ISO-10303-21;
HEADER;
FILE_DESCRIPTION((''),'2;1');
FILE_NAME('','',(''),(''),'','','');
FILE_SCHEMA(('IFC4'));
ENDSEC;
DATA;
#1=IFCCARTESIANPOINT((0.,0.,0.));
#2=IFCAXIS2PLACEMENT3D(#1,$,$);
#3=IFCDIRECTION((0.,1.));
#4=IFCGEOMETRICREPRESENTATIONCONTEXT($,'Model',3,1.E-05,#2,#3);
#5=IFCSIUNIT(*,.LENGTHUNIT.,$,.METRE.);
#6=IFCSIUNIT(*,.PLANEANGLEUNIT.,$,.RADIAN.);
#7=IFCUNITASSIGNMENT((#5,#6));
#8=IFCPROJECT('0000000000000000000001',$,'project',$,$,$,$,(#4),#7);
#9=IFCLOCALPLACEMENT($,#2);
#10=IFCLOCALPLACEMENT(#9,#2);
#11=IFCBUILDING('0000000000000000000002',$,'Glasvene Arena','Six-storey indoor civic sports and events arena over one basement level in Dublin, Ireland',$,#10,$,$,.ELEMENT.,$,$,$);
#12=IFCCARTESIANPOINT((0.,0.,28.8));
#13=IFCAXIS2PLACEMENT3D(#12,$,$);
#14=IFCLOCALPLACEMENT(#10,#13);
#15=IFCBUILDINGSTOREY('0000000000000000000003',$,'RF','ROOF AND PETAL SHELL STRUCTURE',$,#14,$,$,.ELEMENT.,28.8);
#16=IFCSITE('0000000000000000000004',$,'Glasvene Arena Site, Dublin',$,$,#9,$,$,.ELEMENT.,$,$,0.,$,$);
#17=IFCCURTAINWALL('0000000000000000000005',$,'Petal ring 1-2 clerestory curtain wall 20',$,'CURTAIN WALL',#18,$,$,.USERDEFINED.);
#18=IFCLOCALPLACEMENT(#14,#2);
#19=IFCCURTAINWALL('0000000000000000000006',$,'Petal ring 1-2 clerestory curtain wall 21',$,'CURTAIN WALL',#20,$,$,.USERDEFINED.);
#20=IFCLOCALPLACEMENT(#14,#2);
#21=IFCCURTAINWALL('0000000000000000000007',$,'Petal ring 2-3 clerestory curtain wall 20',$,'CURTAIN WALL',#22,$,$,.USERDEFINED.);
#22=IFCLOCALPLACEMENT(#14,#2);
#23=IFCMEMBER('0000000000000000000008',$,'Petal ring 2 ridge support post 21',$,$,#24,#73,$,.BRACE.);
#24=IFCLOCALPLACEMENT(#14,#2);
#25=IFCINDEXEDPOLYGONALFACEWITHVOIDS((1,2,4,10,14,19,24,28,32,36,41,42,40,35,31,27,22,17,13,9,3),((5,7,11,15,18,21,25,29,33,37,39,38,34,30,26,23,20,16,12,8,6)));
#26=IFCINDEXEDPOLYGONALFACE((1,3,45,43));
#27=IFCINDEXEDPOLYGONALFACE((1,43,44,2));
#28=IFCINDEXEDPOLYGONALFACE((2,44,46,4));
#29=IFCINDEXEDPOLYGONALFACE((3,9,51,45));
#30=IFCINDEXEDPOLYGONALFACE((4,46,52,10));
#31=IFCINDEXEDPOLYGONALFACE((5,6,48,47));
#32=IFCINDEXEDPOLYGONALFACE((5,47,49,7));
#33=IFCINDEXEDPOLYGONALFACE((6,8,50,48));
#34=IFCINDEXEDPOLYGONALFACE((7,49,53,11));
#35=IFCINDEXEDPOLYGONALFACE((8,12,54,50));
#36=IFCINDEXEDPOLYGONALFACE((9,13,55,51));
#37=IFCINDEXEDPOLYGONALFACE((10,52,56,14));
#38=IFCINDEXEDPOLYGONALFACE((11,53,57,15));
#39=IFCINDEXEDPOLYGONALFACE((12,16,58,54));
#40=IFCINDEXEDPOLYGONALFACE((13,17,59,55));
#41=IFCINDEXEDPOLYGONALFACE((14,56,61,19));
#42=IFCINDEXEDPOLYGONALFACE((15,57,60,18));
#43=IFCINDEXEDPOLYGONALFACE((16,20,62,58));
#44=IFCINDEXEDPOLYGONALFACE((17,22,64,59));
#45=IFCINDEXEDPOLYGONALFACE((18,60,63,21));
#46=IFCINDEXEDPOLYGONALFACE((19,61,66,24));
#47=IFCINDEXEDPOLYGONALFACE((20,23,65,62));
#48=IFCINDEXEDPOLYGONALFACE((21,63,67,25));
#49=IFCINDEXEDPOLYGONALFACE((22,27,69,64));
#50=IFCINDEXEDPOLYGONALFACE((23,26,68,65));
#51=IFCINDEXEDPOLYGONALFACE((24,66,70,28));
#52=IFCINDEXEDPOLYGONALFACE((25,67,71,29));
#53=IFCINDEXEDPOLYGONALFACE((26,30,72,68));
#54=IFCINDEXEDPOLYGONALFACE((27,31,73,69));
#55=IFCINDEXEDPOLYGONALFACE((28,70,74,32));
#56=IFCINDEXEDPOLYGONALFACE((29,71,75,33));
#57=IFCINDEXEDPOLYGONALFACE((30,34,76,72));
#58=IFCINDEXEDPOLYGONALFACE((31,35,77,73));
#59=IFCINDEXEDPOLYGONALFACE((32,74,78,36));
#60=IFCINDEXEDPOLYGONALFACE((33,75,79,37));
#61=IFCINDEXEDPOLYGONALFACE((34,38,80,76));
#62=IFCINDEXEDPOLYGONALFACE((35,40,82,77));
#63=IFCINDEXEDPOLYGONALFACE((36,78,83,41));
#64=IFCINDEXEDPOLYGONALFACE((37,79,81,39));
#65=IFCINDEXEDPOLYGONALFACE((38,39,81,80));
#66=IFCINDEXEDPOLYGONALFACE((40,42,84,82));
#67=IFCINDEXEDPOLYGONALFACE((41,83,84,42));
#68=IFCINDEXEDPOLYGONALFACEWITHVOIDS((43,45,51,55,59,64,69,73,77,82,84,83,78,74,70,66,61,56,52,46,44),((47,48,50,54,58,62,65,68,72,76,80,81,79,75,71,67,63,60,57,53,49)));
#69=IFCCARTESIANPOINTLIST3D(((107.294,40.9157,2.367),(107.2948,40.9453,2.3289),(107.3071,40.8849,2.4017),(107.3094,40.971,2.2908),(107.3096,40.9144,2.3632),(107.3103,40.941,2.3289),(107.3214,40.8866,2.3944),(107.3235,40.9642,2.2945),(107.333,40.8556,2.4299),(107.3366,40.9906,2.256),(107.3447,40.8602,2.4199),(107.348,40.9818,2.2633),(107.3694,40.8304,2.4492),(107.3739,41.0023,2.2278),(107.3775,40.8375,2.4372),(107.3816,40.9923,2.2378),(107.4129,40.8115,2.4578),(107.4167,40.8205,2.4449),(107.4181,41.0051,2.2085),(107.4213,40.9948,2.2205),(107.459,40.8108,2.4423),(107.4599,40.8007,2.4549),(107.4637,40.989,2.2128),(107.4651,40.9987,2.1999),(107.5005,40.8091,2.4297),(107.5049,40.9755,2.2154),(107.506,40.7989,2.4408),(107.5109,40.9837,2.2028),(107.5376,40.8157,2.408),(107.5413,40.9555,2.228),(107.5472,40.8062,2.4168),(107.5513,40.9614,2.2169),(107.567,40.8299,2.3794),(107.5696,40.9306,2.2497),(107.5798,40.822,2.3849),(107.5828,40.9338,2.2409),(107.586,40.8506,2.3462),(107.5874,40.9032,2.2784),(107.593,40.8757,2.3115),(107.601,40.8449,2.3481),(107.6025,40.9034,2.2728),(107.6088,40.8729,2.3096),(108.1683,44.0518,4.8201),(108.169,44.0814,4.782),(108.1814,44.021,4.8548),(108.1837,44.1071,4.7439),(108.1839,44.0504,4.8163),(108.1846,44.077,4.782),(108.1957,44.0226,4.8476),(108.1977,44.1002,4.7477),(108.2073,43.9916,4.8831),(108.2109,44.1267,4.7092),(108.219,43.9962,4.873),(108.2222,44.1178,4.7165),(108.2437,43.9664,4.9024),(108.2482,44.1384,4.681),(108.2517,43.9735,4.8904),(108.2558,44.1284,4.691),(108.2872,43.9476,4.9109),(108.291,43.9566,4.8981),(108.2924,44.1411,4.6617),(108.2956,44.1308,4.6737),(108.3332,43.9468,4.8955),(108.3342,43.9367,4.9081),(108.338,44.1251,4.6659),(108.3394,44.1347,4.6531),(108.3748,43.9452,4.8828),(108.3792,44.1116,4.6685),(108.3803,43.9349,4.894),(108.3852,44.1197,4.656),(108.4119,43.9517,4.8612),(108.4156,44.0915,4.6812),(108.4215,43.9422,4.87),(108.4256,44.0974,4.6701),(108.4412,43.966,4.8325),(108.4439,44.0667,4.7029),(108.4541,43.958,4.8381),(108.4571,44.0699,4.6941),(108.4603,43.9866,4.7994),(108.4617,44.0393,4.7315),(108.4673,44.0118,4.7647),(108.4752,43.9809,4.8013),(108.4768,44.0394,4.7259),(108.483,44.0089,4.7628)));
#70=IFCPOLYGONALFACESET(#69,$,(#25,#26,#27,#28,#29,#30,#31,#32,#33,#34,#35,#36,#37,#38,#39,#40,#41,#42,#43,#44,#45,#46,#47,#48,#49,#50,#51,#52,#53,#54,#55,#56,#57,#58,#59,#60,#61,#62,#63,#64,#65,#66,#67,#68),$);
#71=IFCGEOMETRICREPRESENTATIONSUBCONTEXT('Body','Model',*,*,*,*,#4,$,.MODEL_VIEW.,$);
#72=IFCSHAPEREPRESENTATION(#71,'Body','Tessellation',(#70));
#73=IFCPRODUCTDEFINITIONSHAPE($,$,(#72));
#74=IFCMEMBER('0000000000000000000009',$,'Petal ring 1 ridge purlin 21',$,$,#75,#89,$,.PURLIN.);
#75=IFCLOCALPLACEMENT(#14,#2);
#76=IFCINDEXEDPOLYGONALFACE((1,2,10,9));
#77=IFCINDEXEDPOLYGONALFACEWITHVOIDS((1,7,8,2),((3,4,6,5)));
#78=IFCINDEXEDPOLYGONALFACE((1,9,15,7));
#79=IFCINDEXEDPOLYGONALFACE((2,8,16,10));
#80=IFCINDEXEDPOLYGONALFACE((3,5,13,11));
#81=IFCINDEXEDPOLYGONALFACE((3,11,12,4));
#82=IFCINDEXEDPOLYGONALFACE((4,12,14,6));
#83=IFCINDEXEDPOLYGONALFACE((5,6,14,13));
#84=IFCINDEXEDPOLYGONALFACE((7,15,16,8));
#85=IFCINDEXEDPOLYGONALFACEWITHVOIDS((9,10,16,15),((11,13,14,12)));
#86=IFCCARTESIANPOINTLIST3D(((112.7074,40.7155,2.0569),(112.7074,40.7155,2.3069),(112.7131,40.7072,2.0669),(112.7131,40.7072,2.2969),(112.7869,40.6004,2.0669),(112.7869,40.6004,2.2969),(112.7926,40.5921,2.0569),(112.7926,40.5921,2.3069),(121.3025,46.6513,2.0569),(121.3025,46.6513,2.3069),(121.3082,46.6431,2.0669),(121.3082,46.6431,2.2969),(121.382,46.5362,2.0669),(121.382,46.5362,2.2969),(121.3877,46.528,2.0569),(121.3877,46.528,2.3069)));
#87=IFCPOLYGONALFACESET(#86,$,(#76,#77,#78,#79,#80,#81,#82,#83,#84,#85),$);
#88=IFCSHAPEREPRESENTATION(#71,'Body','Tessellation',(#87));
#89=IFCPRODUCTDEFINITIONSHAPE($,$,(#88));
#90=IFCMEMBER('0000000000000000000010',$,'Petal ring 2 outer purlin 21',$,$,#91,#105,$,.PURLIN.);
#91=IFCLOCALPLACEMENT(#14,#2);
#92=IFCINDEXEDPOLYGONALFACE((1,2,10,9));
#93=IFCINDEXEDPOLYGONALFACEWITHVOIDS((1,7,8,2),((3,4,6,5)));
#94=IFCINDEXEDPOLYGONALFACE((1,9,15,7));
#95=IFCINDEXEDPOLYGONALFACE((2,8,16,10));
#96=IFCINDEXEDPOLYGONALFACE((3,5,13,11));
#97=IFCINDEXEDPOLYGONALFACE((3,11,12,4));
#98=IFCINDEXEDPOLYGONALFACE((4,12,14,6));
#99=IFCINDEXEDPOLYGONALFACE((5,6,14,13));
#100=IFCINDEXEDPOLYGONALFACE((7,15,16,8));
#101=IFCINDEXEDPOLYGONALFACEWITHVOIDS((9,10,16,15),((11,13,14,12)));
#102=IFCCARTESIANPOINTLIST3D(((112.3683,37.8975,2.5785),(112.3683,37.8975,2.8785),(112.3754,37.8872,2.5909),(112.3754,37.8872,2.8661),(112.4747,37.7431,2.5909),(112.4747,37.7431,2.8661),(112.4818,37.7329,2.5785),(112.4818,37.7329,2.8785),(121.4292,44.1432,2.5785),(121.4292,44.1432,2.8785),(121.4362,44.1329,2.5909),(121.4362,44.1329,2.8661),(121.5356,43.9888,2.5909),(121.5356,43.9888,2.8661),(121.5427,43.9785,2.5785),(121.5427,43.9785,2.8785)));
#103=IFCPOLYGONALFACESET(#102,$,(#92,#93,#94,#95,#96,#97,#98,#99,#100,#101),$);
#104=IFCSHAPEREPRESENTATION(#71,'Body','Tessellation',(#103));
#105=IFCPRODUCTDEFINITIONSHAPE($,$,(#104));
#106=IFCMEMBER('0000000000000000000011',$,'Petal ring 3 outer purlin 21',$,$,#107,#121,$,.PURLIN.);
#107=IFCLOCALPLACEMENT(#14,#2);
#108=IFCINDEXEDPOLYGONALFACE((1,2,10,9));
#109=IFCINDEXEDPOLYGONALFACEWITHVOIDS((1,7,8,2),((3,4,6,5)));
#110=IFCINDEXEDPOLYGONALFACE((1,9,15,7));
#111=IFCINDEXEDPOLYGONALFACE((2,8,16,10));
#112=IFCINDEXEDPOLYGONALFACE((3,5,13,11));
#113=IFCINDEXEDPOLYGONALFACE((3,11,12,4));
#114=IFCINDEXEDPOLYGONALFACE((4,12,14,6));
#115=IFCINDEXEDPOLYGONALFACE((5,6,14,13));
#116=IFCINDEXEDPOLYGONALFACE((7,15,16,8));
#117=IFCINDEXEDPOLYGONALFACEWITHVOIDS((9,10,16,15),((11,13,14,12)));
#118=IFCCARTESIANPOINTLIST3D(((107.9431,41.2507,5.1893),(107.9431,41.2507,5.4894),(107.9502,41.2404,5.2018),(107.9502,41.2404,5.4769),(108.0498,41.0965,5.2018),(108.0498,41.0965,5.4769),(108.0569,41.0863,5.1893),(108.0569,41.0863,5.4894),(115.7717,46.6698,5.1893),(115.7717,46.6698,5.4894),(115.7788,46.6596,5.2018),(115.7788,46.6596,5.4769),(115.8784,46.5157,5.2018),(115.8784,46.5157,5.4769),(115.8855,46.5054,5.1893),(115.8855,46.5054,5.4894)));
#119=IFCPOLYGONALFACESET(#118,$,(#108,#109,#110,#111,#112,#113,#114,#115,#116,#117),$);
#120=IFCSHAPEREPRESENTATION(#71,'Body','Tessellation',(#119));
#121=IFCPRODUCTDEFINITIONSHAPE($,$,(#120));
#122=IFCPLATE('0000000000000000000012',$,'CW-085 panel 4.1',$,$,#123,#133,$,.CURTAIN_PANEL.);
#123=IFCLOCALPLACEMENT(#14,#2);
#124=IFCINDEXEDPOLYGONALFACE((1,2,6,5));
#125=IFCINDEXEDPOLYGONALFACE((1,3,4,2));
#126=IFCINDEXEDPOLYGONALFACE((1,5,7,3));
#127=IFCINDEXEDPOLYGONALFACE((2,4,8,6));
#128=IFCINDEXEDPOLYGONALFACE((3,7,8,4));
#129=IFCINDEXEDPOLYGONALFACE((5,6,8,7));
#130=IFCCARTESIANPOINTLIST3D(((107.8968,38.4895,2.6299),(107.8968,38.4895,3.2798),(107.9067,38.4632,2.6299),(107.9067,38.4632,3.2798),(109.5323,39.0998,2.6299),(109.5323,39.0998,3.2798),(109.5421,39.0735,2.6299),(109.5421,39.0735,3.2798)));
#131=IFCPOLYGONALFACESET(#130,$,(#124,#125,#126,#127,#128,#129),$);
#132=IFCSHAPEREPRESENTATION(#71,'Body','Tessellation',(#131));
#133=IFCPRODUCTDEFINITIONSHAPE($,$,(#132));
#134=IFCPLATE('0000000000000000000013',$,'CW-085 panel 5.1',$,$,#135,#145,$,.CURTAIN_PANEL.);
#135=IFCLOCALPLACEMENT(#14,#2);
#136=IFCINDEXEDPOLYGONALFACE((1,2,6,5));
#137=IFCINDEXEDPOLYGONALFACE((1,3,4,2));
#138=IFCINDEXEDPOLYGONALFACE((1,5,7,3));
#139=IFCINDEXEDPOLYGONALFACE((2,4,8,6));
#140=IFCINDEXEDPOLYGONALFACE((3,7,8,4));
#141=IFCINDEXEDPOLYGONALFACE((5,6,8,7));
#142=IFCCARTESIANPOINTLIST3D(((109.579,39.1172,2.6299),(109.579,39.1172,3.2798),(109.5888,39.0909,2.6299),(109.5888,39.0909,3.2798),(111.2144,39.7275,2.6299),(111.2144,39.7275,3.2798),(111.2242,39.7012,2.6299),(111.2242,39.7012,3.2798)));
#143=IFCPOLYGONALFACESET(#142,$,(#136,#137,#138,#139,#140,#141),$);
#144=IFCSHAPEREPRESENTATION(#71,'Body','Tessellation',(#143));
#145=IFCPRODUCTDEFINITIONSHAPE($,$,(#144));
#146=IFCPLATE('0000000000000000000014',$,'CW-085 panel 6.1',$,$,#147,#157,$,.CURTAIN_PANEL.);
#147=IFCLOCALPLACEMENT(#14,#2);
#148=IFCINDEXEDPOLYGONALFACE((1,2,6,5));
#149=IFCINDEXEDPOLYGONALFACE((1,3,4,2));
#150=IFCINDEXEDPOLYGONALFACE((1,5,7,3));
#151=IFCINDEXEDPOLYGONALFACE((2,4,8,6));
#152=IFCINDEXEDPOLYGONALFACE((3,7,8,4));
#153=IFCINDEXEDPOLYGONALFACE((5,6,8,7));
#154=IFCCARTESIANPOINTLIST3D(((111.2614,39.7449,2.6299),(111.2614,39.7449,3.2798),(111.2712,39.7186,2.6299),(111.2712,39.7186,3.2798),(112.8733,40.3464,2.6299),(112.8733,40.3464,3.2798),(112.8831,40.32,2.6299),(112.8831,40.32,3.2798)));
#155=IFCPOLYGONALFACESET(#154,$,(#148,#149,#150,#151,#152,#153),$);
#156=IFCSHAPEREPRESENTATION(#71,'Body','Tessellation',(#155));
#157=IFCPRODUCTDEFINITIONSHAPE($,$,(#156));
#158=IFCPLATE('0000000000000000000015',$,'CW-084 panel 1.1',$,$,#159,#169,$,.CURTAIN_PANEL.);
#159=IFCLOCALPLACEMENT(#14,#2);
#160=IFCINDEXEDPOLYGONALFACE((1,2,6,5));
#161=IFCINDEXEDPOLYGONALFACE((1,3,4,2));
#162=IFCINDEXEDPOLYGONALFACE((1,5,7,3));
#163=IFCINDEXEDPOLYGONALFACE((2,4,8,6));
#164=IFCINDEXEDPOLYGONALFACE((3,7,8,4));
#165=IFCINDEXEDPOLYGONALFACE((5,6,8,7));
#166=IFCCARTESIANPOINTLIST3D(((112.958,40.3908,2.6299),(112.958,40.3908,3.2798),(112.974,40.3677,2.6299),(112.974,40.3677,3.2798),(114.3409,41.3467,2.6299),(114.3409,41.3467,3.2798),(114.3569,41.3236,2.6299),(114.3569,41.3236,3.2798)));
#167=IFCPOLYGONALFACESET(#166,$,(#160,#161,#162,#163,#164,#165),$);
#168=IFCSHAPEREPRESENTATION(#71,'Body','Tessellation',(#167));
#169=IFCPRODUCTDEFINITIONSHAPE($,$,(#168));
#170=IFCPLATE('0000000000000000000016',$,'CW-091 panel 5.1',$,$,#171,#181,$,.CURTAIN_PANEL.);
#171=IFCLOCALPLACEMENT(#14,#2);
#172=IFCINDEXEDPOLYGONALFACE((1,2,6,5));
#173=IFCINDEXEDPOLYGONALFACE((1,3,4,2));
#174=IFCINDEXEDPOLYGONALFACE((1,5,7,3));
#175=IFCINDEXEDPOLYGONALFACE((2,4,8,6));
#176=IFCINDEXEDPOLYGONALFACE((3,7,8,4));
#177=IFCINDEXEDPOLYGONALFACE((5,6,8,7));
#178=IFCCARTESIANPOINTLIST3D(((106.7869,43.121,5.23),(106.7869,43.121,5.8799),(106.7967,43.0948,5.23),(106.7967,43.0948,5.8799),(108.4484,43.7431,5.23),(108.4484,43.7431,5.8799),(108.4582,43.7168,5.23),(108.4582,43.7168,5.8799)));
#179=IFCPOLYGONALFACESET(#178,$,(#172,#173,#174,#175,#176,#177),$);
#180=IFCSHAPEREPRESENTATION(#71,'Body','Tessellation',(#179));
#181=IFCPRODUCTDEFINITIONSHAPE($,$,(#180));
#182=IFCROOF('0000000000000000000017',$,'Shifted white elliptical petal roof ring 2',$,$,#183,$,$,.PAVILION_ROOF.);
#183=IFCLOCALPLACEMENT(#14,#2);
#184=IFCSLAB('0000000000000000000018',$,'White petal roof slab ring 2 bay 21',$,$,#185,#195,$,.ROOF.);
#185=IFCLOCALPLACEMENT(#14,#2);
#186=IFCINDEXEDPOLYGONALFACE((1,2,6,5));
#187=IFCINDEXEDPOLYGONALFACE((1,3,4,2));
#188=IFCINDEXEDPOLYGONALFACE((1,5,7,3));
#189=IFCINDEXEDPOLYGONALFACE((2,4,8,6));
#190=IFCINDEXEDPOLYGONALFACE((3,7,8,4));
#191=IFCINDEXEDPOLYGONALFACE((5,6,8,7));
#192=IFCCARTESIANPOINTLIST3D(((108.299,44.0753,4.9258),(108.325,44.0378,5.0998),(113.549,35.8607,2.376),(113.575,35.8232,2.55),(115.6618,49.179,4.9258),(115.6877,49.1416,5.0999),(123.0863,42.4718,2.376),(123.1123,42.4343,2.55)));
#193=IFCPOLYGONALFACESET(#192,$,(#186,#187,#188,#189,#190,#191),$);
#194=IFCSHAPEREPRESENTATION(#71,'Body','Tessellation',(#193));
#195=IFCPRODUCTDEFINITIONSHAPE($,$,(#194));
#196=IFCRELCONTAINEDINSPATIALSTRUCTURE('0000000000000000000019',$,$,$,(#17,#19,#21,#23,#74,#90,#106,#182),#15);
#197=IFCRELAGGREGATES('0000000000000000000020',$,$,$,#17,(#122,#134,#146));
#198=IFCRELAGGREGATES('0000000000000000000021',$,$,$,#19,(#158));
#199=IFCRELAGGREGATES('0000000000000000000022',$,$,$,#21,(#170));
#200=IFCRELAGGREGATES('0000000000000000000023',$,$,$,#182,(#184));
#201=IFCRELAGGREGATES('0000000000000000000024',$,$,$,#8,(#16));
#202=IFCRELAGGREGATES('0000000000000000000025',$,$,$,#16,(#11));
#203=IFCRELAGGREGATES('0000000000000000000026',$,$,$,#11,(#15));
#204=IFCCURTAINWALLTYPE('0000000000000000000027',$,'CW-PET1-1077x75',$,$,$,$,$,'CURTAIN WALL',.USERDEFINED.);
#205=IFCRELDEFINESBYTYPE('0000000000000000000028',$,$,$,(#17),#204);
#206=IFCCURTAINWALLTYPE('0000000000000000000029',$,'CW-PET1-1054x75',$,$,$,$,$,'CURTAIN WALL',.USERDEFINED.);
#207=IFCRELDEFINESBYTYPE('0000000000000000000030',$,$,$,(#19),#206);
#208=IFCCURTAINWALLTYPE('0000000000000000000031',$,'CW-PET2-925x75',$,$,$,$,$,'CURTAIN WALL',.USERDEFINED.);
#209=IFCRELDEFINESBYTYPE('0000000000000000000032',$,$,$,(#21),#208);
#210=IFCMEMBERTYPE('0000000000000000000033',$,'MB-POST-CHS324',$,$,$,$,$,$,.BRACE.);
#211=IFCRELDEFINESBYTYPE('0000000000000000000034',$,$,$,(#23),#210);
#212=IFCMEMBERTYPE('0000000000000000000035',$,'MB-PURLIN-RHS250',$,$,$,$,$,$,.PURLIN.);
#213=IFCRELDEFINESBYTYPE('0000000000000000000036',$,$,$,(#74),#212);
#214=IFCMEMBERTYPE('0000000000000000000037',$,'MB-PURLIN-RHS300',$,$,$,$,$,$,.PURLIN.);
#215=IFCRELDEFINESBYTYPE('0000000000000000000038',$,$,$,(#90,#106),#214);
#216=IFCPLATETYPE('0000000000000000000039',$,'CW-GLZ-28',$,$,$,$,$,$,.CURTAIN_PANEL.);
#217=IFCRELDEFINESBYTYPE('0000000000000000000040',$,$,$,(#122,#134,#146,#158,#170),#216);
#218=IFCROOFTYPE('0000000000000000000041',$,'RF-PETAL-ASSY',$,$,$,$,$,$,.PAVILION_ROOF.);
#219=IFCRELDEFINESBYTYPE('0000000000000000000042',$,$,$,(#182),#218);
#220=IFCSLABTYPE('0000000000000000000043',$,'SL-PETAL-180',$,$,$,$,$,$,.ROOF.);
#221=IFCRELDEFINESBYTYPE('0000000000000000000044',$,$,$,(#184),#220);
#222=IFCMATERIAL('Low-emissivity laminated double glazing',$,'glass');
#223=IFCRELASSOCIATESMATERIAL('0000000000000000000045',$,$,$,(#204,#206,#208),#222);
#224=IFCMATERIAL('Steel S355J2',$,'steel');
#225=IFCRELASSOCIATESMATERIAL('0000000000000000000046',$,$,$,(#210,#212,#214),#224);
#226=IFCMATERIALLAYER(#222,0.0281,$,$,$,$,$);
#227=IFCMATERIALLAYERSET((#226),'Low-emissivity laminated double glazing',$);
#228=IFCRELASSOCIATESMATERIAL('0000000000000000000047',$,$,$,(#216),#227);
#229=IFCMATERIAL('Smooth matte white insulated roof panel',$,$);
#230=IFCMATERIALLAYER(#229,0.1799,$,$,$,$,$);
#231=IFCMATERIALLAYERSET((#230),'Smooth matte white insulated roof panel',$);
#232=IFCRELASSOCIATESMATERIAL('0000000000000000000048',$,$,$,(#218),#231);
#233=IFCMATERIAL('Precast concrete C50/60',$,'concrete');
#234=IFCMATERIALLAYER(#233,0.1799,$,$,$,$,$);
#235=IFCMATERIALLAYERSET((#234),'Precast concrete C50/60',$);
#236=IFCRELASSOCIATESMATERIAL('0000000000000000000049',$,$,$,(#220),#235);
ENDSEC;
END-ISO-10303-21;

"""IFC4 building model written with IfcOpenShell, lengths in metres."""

from ifc_helpers import new_model, si_unit, direction, frame, origin, origin_2d, place, context, subcontext, project, spatial, polyline, rectangle, hollow_rectangle, hollow_circle, outline, extrude, material, layer, layer_set, material_profile, profile_set, type_object, element, aggregate, save


model = new_model("IFC4")

# Units and contexts
model_context = context("Model", 3, precision=1e-05, world=origin(), true_north=direction((0.0, 1.0)))
body_context = subcontext(model_context, "Body", "Model", "MODEL_VIEW")
ifc_project = project(units=[si_unit("LENGTHUNIT", "METRE"), si_unit("PLANEANGLEUNIT", "RADIAN")], contexts=[model_context])

# Site, building, storey
site_placement = place(None, origin())
site = spatial("IfcSite", under=ifc_project, at=site_placement, Name="Glasvene Arena Site, Dublin", CompositionType="ELEMENT", RefElevation=0.0)
building_placement = place(site_placement, origin())
building = spatial("IfcBuilding", under=site, at=building_placement, Name="Glasvene Arena", Description="Six-storey indoor civic sports and events arena over one basement level in Dublin, Ireland", CompositionType="ELEMENT")
storey_placement = place(building_placement, frame((0.0, 0.0, 28.8)))
storey = spatial("IfcBuildingStorey", under=building, at=storey_placement, Name="RF", Description="ROOF AND PETAL SHELL STRUCTURE", CompositionType="ELEMENT", Elevation=28.8)

# Curtain walls
ifc_material_1 = material(Name="Low-emissivity laminated double glazing", Category="glass")
curtain_wall_type_1 = type_object("IfcCurtainWallType", Name="CW-PET1-1077x75", ElementType="CURTAIN WALL", PredefinedType="USERDEFINED", material=ifc_material_1)
curtain_wall_1_placement = place(storey_placement, frame((102.8315, 36.5847, 0.0)))
curtain_wall_1 = element("IfcCurtainWall", 1, at=curtain_wall_1_placement, inside=storey, type_object=curtain_wall_type_1, Name="Petal ring 1-2 clerestory curtain wall 20", ObjectType="CURTAIN WALL", PredefinedType="USERDEFINED")
curtain_wall_type_2 = type_object("IfcCurtainWallType", Name="CW-PET1-1054x75", ElementType="CURTAIN WALL", PredefinedType="USERDEFINED", material=ifc_material_1)
curtain_wall_2_placement = place(storey_placement, frame((112.925, 40.3508, 0.0)))
curtain_wall_2 = element("IfcCurtainWall", 2, at=curtain_wall_2_placement, inside=storey, type_object=curtain_wall_type_2, Name="Petal ring 1-2 clerestory curtain wall 21", ObjectType="CURTAIN WALL", PredefinedType="USERDEFINED")

# Curtain wall
curtain_wall_type_3 = type_object("IfcCurtainWallType", Name="CW-PET2-925x75", ElementType="CURTAIN WALL", PredefinedType="USERDEFINED", material=ifc_material_1)
curtain_wall_3_placement = place(storey_placement, frame((99.8416, 40.5056, 0.0)))
curtain_wall_3 = element("IfcCurtainWall", 3, at=curtain_wall_3_placement, inside=storey, type_object=curtain_wall_type_3, Name="Petal ring 2-3 clerestory curtain wall 20", ObjectType="CURTAIN WALL", PredefinedType="USERDEFINED")

# Members
ifc_material_2 = material(Name="Steel S355J2", Category="steel")
ifc_material_profile_1 = material_profile(ifc_material_2, hollow_circle(Radius=0.1619, WallThickness=0.0161, at=origin_2d()), Name="CHS 323.9x16.0")
ifc_profile_set_1 = profile_set([ifc_material_profile_1], Name="Steel S355J2")
member_type_1 = type_object("IfcMemberType", Name="MB-POST-CHS324", PredefinedType="BRACE", material=ifc_profile_set_1)
member_1_placement = place(storey_placement, frame((107.4507, 40.9019, 2.3289), z_axis=(0.214473, 0.769314, 0.601795), x_axis=(-0.963267, 0.268545, 0.0)))
element("IfcMember", 4, at=member_1_placement, inside=storey, type_object=member_type_1, Name="Petal ring 2 ridge support post 21", PredefinedType="BRACE", context=body_context, shape_type="SweptSolid", body=[
    extrude(hollow_circle(Radius=0.1619, WallThickness=0.0161, at=origin_2d()), origin(), (0.0, 0.0, 1.0), 4.0764),
])
ifc_material_profile_2 = material_profile(ifc_material_2, hollow_rectangle(XDim=0.1499, YDim=0.25, WallThickness=0.01, at=origin_2d()), Name="RHS 250x150x10.0")
ifc_profile_set_2 = profile_set([ifc_material_profile_2], Name="Steel S355J2")
member_type_2 = type_object("IfcMemberType", Name="MB-PURLIN-RHS250", PredefinedType="PURLIN", material=ifc_profile_set_2)
member_2_placement = place(storey_placement, frame((112.75, 40.6538, 2.1819), z_axis=(0.822845, 0.568266, 0.0), x_axis=(-0.568266, 0.822845, 0.0)))
element("IfcMember", 5, at=member_2_placement, inside=storey, type_object=member_type_2, Name="Petal ring 1 ridge purlin 21", PredefinedType="PURLIN", context=body_context, shape_type="SweptSolid", body=[
    extrude(hollow_rectangle(XDim=0.1499, YDim=0.25, WallThickness=0.01, at=origin_2d()), origin(), (0.0, 0.0, 1.0), 10.4456),
])
ifc_material_profile_3 = material_profile(ifc_material_2, hollow_rectangle(XDim=0.2, YDim=0.3, WallThickness=0.0125, at=origin_2d()), Name="RHS 300x200x12.5")
ifc_profile_set_3 = profile_set([ifc_material_profile_3], Name="Steel S355J2")
member_type_3 = type_object("IfcMemberType", Name="MB-PURLIN-RHS300", PredefinedType="PURLIN", material=ifc_profile_set_3)
member_3_placement = place(storey_placement, frame((112.425, 37.8152, 2.7285), z_axis=(0.823349, 0.567535, 0.0), x_axis=(-0.567535, 0.823349, 0.0)))
element("IfcMember", 6, at=member_3_placement, inside=storey, type_object=member_type_3, Name="Petal ring 2 outer purlin 21", PredefinedType="PURLIN", context=body_context, shape_type="SweptSolid", body=[
    extrude(hollow_rectangle(XDim=0.2, YDim=0.3, WallThickness=0.0125, at=origin_2d()), origin(), (0.0, 0.0, 1.0), 11.0049),
])
member_4_placement = place(storey_placement, frame((108.0, 41.1685, 5.3394), z_axis=(0.822223, 0.569166, 0.0), x_axis=(-0.569166, 0.822223, 0.0)))
element("IfcMember", 7, at=member_4_placement, inside=storey, type_object=member_type_3, Name="Petal ring 3 outer purlin 21", PredefinedType="PURLIN", context=body_context, shape_type="SweptSolid", body=[
    extrude(hollow_rectangle(XDim=0.2, YDim=0.3, WallThickness=0.0125, at=origin_2d()), origin(), (0.0, 0.0, 1.0), 9.5212),
])

# Plates
ifc_layer_1 = layer(ifc_material_1, 0.0281)
ifc_layer_set_1 = layer_set([ifc_layer_1], Name="Low-emissivity laminated double glazing")
plate_type = type_object("IfcPlateType", Name="CW-GLZ-28", PredefinedType="CURTAIN_PANEL", material=ifc_layer_set_1)
plate_1_placement = place(storey_placement, frame((108.7195, 38.7815, 2.6299), z_axis=(0.0, 0.0, 1.0), x_axis=(0.936902, 0.349591, 0.0)))
plate_1 = element("IfcPlate", 8, at=plate_1_placement, type_object=plate_type, Name="CW-085 panel 4.1", PredefinedType="CURTAIN_PANEL", context=body_context, shape_type="SweptSolid", body=[
    extrude(rectangle(XDim=1.7456, YDim=0.0281, at=origin_2d()), origin(), (0.0, 0.0, 1.0), 0.6499),
])
plate_2_placement = place(storey_placement, frame((110.4016, 39.4092, 2.6299), z_axis=(0.0, 0.0, 1.0), x_axis=(0.936902, 0.349591, 0.0)))
plate_2 = element("IfcPlate", 9, at=plate_2_placement, type_object=plate_type, Name="CW-085 panel 5.1", PredefinedType="CURTAIN_PANEL", context=body_context, shape_type="SweptSolid", body=[
    extrude(rectangle(XDim=1.7456, YDim=0.0281, at=origin_2d()), origin(), (0.0, 0.0, 1.0), 0.6499),
])
plate_3_placement = place(storey_placement, frame((112.0723, 40.0325, 2.6299), z_axis=(0.0, 0.0, 1.0), x_axis=(0.936902, 0.349591, 0.0)))
plate_3 = element("IfcPlate", 10, at=plate_3_placement, type_object=plate_type, Name="CW-085 panel 6.1", PredefinedType="CURTAIN_PANEL", context=body_context, shape_type="SweptSolid", body=[
    extrude(rectangle(XDim=1.7205, YDim=0.0281, at=origin_2d()), origin(), (0.0, 0.0, 1.0), 0.6499),
])
aggregate(curtain_wall_1, [plate_1, plate_2, plate_3])
plate_4_placement = place(storey_placement, frame((113.6575, 40.8572, 2.6299), z_axis=(0.0, 0.0, 1.0), x_axis=(0.822601, 0.568619, 0.0)))
plate_4 = element("IfcPlate", 11, at=plate_4_placement, type_object=plate_type, Name="CW-084 panel 1.1", PredefinedType="CURTAIN_PANEL", context=body_context, shape_type="SweptSolid", body=[
    extrude(rectangle(XDim=1.6812, YDim=0.0281, at=origin_2d()), origin(), (0.0, 0.0, 1.0), 0.6499),
])
aggregate(curtain_wall_2, [plate_4])
plate_5_placement = place(storey_placement, frame((107.6226, 43.4189, 5.23), z_axis=(0.0, 0.0, 1.0), x_axis=(0.93651, 0.35064, 0.0)))
plate_5 = element("IfcPlate", 12, at=plate_5_placement, type_object=plate_type, Name="CW-091 panel 5.1", PredefinedType="CURTAIN_PANEL", context=body_context, shape_type="SweptSolid", body=[
    extrude(rectangle(XDim=1.7742, YDim=0.0281, at=origin_2d()), origin(), (0.0, 0.0, 1.0), 0.6499),
])
aggregate(curtain_wall_3, [plate_5])

# Roof, slab
ifc_material_3 = material(Name="Smooth matte white insulated roof panel")
ifc_layer_2 = layer(ifc_material_3, 0.1799)
ifc_layer_set_2 = layer_set([ifc_layer_2], Name="Smooth matte white insulated roof panel")
roof_type = type_object("IfcRoofType", Name="RF-PETAL-ASSY", PredefinedType="PAVILION_ROOF", material=ifc_layer_set_2)
roof_1_placement = place(storey_placement, frame((90.55, 71.8501, 2.55)))
roof_1 = element("IfcRoof", 13, at=roof_1_placement, inside=storey, type_object=roof_type, Name="Shifted white elliptical petal roof ring 2", PredefinedType="PAVILION_ROOF")
ifc_material_4 = material(Name="Precast concrete C50/60", Category="concrete")
ifc_layer_3 = layer(ifc_material_4, 0.1799)
ifc_layer_set_3 = layer_set([ifc_layer_3], Name="Precast concrete C50/60")
slab_type = type_object("IfcSlabType", Name="SL-PETAL-180", PredefinedType="ROOF", material=ifc_layer_set_3)
slab_1_placement = place(storey_placement, frame((113.575, 35.8232, 2.55), z_axis=(0.144247, -0.208095, 0.967414), x_axis=(0.821857, 0.569693, 0.0)))
slab_1 = element("IfcSlab", 14, at=slab_1_placement, type_object=slab_type, Name="White petal roof slab ring 2 bay 21", PredefinedType="ROOF", context=body_context, shape_type="SweptSolid", body=[
    extrude(outline(polyline([(0.0, 0.0), (11.6046, 0.0), (9.3238, 10.0703), (0.3651, 10.0703), (0.0, 0.0)])), origin(), (0.0, 0.0, -1.0), 0.1799),
])
aggregate(roof_1, [slab_1])

save(model, "model.ifc")
